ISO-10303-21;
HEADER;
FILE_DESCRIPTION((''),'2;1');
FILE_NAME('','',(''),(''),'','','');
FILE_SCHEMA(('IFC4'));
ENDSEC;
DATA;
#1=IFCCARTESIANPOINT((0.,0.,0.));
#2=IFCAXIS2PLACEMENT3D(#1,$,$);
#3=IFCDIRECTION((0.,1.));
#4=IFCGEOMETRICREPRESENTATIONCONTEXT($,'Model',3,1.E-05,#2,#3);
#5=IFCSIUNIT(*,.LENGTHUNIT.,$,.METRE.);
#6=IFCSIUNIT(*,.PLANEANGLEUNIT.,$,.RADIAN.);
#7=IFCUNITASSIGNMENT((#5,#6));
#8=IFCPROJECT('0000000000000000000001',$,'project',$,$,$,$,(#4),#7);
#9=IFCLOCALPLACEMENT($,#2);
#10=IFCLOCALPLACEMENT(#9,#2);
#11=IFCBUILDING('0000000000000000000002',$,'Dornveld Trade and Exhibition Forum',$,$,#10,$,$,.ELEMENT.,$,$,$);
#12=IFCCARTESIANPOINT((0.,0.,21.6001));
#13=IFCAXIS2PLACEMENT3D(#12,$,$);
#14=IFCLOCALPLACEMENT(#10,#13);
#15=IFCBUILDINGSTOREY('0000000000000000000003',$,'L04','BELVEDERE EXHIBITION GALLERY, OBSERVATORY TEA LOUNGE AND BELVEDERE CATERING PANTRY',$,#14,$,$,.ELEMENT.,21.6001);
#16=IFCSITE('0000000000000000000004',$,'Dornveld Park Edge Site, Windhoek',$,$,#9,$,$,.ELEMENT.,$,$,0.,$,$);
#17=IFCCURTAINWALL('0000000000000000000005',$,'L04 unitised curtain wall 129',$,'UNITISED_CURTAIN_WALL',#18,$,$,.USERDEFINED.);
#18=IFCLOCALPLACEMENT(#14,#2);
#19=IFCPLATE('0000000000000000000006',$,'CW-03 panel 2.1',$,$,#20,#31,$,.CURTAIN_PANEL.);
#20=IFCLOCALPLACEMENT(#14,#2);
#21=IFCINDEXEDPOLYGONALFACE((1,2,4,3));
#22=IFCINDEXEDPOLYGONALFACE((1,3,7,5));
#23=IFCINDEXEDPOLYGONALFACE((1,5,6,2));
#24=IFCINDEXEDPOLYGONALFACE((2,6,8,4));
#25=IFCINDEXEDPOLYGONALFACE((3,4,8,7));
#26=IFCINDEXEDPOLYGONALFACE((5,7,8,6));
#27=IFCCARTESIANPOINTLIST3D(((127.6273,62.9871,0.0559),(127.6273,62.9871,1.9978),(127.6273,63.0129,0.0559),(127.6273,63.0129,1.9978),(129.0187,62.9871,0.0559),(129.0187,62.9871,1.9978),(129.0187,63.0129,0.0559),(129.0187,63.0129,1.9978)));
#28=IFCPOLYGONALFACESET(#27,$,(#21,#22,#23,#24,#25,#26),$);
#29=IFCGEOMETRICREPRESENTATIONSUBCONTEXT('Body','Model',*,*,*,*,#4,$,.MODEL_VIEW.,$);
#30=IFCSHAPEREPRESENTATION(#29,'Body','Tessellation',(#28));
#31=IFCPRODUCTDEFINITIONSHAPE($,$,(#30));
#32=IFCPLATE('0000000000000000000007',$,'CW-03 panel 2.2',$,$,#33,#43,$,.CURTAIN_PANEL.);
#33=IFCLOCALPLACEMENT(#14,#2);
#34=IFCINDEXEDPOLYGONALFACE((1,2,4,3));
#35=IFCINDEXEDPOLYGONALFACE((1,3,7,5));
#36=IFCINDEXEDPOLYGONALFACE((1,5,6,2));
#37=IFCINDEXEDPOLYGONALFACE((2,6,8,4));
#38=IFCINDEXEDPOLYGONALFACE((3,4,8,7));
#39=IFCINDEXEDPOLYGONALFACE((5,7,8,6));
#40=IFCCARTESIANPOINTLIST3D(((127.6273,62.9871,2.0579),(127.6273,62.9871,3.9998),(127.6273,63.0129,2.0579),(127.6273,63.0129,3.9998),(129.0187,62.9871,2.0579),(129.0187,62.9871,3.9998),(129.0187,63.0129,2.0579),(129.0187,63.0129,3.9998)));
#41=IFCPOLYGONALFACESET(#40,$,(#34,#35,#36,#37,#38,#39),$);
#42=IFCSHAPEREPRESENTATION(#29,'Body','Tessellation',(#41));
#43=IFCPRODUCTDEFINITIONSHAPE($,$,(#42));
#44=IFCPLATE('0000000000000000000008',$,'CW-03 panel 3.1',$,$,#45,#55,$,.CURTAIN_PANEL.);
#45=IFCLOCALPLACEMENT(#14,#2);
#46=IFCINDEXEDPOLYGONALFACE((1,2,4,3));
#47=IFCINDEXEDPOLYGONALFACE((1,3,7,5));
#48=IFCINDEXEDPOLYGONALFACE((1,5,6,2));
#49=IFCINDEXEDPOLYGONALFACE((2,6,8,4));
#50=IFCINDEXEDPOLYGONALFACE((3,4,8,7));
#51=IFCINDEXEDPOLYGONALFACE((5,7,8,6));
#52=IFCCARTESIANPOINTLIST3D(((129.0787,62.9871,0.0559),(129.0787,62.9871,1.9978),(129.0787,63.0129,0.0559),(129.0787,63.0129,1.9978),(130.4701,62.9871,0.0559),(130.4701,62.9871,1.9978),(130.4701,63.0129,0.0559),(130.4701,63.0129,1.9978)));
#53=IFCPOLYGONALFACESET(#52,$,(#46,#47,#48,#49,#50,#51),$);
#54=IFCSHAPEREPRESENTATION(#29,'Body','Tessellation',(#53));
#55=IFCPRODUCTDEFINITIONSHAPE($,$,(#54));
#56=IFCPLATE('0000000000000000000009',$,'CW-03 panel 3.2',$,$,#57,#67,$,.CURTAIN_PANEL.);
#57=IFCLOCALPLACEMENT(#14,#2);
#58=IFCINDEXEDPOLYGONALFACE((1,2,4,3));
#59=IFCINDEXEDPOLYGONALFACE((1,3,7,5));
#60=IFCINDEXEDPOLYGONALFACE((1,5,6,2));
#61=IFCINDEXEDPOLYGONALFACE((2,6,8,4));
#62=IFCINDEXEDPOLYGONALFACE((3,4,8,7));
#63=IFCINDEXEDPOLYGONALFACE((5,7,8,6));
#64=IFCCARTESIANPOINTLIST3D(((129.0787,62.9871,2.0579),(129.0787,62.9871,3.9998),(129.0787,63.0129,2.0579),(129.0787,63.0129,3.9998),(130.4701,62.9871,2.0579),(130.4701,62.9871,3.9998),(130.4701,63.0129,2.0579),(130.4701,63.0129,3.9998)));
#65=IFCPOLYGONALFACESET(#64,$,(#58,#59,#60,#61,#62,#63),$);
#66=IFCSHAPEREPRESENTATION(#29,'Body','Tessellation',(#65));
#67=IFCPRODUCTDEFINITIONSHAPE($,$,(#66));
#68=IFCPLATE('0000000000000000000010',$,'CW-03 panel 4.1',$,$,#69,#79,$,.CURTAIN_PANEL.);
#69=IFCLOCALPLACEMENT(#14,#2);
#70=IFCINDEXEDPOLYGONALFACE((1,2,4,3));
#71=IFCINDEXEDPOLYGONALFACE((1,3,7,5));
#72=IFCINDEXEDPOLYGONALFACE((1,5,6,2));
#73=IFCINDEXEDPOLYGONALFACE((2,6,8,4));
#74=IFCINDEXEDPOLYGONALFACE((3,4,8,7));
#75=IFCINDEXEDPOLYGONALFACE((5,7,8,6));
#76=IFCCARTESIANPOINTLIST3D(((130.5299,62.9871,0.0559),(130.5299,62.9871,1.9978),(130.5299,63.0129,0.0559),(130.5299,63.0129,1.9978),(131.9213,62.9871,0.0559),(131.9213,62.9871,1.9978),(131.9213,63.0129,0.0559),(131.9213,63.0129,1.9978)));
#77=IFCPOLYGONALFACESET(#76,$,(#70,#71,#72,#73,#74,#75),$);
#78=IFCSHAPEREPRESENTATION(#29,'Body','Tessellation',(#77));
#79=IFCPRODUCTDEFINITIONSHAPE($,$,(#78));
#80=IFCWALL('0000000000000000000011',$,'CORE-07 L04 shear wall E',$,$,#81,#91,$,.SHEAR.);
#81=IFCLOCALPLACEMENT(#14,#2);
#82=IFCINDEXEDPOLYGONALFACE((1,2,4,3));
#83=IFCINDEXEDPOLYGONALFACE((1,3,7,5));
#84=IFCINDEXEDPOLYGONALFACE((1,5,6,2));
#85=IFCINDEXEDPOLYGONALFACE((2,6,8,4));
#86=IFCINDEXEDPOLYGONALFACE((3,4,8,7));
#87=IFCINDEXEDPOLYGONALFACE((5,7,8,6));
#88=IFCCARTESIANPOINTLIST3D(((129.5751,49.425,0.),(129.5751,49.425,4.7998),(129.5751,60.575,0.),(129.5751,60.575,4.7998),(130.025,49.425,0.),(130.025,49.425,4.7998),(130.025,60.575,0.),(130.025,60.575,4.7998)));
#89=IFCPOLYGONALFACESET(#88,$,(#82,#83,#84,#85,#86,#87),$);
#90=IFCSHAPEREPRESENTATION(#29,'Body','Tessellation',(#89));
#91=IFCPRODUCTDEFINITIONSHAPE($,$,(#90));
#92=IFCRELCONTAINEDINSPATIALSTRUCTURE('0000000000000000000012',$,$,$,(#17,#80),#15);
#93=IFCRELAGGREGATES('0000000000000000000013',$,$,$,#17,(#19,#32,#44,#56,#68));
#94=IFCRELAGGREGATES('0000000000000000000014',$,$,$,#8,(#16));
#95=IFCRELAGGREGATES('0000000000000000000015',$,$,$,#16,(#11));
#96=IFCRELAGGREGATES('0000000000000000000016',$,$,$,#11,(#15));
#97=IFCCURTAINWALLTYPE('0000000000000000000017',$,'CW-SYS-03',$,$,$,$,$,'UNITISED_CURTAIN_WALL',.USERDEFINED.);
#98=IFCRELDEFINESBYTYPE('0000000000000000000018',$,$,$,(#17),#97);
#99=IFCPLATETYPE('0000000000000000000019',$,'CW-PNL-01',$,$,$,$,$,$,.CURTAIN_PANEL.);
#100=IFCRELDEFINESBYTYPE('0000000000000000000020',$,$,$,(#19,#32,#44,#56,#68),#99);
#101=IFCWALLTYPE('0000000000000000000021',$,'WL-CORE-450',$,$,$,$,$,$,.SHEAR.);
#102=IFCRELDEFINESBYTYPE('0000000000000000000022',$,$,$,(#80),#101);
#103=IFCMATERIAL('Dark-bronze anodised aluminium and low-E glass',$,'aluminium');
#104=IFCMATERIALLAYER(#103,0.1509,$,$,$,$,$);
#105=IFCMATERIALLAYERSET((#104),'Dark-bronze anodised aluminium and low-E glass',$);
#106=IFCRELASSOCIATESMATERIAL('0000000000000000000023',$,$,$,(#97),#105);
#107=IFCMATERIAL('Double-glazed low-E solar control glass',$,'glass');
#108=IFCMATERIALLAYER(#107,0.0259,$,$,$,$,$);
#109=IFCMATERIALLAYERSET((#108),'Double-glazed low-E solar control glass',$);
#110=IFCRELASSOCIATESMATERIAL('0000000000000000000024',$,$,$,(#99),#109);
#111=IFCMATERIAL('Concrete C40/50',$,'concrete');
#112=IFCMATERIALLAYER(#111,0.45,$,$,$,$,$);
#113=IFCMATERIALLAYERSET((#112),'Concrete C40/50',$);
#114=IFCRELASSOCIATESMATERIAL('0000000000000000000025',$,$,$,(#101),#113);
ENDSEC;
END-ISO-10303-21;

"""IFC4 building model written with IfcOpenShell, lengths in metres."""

from ifc_helpers import new_model, si_unit, direction, frame, frame_2d, origin, origin_2d, place, context, subcontext, project, spatial, rectangle, extrude, material, layer, layer_set, type_object, element, aggregate, save


model = new_model("IFC4")

# Units and contexts
model_context = context("Model", 3, precision=1e-05, world=origin(), true_north=direction((0.0, 1.0)))
body_context = subcontext(model_context, "Body", "Model", "MODEL_VIEW")
ifc_project = project(units=[si_unit("LENGTHUNIT", "METRE"), si_unit("PLANEANGLEUNIT", "RADIAN")], contexts=[model_context])

# Site, building, storey
site_placement = place(None, origin())
site = spatial("IfcSite", under=ifc_project, at=site_placement, Name="Dornveld Park Edge Site, Windhoek", CompositionType="ELEMENT", RefElevation=0.0)
building_placement = place(site_placement, origin())
building = spatial("IfcBuilding", under=site, at=building_placement, Name="Dornveld Trade and Exhibition Forum", CompositionType="ELEMENT")
storey_placement = place(building_placement, frame((0.0, 0.0, 21.6001)))
storey = spatial("IfcBuildingStorey", under=building, at=storey_placement, Name="L04", Description="BELVEDERE EXHIBITION GALLERY, OBSERVATORY TEA LOUNGE AND BELVEDERE CATERING PANTRY", CompositionType="ELEMENT", Elevation=21.6001)

# Curtain wall, plates
ifc_material_1 = material(Name="Dark-bronze anodised aluminium and low-E glass", Category="aluminium")
ifc_layer_1 = layer(ifc_material_1, 0.1509)
ifc_layer_set_1 = layer_set([ifc_layer_1], Name="Dark-bronze anodised aluminium and low-E glass")
curtain_wall_type = type_object("IfcCurtainWallType", Name="CW-SYS-03", ElementType="UNITISED_CURTAIN_WALL", PredefinedType="USERDEFINED", material=ifc_layer_set_1)
curtain_wall_placement = place(storey_placement, origin())
curtain_wall = element("IfcCurtainWall", 1, at=curtain_wall_placement, inside=storey, type_object=curtain_wall_type, Name="L04 unitised curtain wall 129", ObjectType="UNITISED_CURTAIN_WALL", PredefinedType="USERDEFINED")
ifc_material_2 = material(Name="Double-glazed low-E solar control glass", Category="glass")
ifc_layer_2 = layer(ifc_material_2, 0.0259)
ifc_layer_set_2 = layer_set([ifc_layer_2], Name="Double-glazed low-E solar control glass")
plate_type = type_object("IfcPlateType", Name="CW-PNL-01", PredefinedType="CURTAIN_PANEL", material=ifc_layer_set_2)
plate_1_placement = place(storey_placement, frame((128.323, 63.0, 0.0559), z_axis=(0.0, 0.0, 1.0), x_axis=(1.0, 0.0, 0.0)))
plate_1 = element("IfcPlate", 2, at=plate_1_placement, type_object=plate_type, Name="CW-03 panel 2.1", PredefinedType="CURTAIN_PANEL", context=body_context, shape_type="SweptSolid", body=[
    extrude(rectangle(XDim=1.3914, YDim=0.0259, at=origin_2d()), origin(), (0.0, 0.0, 1.0), 1.9419),
])
plate_2_placement = place(storey_placement, frame((128.323, 63.0, 2.0579), z_axis=(0.0, 0.0, 1.0), x_axis=(1.0, 0.0, 0.0)))
plate_2 = element("IfcPlate", 3, at=plate_2_placement, type_object=plate_type, Name="CW-03 panel 2.2", PredefinedType="CURTAIN_PANEL", context=body_context, shape_type="SweptSolid", body=[
    extrude(rectangle(XDim=1.3914, YDim=0.0259, at=origin_2d()), origin(), (0.0, 0.0, 1.0), 1.9419),
])
plate_3_placement = place(storey_placement, frame((129.7744, 63.0, 0.0559), z_axis=(0.0, 0.0, 1.0), x_axis=(1.0, 0.0, 0.0)))
plate_3 = element("IfcPlate", 4, at=plate_3_placement, type_object=plate_type, Name="CW-03 panel 3.1", PredefinedType="CURTAIN_PANEL", context=body_context, shape_type="SweptSolid", body=[
    extrude(rectangle(XDim=1.3914, YDim=0.0259, at=origin_2d()), origin(), (0.0, 0.0, 1.0), 1.9419),
])
plate_4_placement = place(storey_placement, frame((129.7744, 63.0, 2.0579), z_axis=(0.0, 0.0, 1.0), x_axis=(1.0, 0.0, 0.0)))
plate_4 = element("IfcPlate", 5, at=plate_4_placement, type_object=plate_type, Name="CW-03 panel 3.2", PredefinedType="CURTAIN_PANEL", context=body_context, shape_type="SweptSolid", body=[
    extrude(rectangle(XDim=1.3914, YDim=0.0259, at=origin_2d()), origin(), (0.0, 0.0, 1.0), 1.9419),
])
plate_5_placement = place(storey_placement, frame((131.2256, 63.0, 0.0559), z_axis=(0.0, 0.0, 1.0), x_axis=(1.0, 0.0, 0.0)))
plate_5 = element("IfcPlate", 6, at=plate_5_placement, type_object=plate_type, Name="CW-03 panel 4.1", PredefinedType="CURTAIN_PANEL", context=body_context, shape_type="SweptSolid", body=[
    extrude(rectangle(XDim=1.3914, YDim=0.0259, at=origin_2d()), origin(), (0.0, 0.0, 1.0), 1.9419),
])
aggregate(curtain_wall, [plate_1, plate_2, plate_3, plate_4, plate_5])

# Wall
ifc_material_3 = material(Name="Concrete C40/50", Category="concrete")
ifc_layer_3 = layer(ifc_material_3, 0.45)
ifc_layer_set_3 = layer_set([ifc_layer_3], Name="Concrete C40/50")
wall_type = type_object("IfcWallType", Name="WL-CORE-450", PredefinedType="SHEAR", material=ifc_layer_set_3)
wall_placement = place(storey_placement, frame((129.8, 49.425, 0.0), z_axis=(0.0, 0.0, 1.0), x_axis=(0.0, 1.0, 0.0)))
element("IfcWall", 7, at=wall_placement, inside=storey, type_object=wall_type, Name="CORE-07 L04 shear wall E", PredefinedType="SHEAR", context=body_context, shape_type="SweptSolid", body=[
    extrude(rectangle(XDim=11.1499, YDim=0.45, at=frame_2d((5.575, 0.0))), origin(), (0.0, 0.0, 1.0), 4.7998),
])

save(model, "model.ifc")
